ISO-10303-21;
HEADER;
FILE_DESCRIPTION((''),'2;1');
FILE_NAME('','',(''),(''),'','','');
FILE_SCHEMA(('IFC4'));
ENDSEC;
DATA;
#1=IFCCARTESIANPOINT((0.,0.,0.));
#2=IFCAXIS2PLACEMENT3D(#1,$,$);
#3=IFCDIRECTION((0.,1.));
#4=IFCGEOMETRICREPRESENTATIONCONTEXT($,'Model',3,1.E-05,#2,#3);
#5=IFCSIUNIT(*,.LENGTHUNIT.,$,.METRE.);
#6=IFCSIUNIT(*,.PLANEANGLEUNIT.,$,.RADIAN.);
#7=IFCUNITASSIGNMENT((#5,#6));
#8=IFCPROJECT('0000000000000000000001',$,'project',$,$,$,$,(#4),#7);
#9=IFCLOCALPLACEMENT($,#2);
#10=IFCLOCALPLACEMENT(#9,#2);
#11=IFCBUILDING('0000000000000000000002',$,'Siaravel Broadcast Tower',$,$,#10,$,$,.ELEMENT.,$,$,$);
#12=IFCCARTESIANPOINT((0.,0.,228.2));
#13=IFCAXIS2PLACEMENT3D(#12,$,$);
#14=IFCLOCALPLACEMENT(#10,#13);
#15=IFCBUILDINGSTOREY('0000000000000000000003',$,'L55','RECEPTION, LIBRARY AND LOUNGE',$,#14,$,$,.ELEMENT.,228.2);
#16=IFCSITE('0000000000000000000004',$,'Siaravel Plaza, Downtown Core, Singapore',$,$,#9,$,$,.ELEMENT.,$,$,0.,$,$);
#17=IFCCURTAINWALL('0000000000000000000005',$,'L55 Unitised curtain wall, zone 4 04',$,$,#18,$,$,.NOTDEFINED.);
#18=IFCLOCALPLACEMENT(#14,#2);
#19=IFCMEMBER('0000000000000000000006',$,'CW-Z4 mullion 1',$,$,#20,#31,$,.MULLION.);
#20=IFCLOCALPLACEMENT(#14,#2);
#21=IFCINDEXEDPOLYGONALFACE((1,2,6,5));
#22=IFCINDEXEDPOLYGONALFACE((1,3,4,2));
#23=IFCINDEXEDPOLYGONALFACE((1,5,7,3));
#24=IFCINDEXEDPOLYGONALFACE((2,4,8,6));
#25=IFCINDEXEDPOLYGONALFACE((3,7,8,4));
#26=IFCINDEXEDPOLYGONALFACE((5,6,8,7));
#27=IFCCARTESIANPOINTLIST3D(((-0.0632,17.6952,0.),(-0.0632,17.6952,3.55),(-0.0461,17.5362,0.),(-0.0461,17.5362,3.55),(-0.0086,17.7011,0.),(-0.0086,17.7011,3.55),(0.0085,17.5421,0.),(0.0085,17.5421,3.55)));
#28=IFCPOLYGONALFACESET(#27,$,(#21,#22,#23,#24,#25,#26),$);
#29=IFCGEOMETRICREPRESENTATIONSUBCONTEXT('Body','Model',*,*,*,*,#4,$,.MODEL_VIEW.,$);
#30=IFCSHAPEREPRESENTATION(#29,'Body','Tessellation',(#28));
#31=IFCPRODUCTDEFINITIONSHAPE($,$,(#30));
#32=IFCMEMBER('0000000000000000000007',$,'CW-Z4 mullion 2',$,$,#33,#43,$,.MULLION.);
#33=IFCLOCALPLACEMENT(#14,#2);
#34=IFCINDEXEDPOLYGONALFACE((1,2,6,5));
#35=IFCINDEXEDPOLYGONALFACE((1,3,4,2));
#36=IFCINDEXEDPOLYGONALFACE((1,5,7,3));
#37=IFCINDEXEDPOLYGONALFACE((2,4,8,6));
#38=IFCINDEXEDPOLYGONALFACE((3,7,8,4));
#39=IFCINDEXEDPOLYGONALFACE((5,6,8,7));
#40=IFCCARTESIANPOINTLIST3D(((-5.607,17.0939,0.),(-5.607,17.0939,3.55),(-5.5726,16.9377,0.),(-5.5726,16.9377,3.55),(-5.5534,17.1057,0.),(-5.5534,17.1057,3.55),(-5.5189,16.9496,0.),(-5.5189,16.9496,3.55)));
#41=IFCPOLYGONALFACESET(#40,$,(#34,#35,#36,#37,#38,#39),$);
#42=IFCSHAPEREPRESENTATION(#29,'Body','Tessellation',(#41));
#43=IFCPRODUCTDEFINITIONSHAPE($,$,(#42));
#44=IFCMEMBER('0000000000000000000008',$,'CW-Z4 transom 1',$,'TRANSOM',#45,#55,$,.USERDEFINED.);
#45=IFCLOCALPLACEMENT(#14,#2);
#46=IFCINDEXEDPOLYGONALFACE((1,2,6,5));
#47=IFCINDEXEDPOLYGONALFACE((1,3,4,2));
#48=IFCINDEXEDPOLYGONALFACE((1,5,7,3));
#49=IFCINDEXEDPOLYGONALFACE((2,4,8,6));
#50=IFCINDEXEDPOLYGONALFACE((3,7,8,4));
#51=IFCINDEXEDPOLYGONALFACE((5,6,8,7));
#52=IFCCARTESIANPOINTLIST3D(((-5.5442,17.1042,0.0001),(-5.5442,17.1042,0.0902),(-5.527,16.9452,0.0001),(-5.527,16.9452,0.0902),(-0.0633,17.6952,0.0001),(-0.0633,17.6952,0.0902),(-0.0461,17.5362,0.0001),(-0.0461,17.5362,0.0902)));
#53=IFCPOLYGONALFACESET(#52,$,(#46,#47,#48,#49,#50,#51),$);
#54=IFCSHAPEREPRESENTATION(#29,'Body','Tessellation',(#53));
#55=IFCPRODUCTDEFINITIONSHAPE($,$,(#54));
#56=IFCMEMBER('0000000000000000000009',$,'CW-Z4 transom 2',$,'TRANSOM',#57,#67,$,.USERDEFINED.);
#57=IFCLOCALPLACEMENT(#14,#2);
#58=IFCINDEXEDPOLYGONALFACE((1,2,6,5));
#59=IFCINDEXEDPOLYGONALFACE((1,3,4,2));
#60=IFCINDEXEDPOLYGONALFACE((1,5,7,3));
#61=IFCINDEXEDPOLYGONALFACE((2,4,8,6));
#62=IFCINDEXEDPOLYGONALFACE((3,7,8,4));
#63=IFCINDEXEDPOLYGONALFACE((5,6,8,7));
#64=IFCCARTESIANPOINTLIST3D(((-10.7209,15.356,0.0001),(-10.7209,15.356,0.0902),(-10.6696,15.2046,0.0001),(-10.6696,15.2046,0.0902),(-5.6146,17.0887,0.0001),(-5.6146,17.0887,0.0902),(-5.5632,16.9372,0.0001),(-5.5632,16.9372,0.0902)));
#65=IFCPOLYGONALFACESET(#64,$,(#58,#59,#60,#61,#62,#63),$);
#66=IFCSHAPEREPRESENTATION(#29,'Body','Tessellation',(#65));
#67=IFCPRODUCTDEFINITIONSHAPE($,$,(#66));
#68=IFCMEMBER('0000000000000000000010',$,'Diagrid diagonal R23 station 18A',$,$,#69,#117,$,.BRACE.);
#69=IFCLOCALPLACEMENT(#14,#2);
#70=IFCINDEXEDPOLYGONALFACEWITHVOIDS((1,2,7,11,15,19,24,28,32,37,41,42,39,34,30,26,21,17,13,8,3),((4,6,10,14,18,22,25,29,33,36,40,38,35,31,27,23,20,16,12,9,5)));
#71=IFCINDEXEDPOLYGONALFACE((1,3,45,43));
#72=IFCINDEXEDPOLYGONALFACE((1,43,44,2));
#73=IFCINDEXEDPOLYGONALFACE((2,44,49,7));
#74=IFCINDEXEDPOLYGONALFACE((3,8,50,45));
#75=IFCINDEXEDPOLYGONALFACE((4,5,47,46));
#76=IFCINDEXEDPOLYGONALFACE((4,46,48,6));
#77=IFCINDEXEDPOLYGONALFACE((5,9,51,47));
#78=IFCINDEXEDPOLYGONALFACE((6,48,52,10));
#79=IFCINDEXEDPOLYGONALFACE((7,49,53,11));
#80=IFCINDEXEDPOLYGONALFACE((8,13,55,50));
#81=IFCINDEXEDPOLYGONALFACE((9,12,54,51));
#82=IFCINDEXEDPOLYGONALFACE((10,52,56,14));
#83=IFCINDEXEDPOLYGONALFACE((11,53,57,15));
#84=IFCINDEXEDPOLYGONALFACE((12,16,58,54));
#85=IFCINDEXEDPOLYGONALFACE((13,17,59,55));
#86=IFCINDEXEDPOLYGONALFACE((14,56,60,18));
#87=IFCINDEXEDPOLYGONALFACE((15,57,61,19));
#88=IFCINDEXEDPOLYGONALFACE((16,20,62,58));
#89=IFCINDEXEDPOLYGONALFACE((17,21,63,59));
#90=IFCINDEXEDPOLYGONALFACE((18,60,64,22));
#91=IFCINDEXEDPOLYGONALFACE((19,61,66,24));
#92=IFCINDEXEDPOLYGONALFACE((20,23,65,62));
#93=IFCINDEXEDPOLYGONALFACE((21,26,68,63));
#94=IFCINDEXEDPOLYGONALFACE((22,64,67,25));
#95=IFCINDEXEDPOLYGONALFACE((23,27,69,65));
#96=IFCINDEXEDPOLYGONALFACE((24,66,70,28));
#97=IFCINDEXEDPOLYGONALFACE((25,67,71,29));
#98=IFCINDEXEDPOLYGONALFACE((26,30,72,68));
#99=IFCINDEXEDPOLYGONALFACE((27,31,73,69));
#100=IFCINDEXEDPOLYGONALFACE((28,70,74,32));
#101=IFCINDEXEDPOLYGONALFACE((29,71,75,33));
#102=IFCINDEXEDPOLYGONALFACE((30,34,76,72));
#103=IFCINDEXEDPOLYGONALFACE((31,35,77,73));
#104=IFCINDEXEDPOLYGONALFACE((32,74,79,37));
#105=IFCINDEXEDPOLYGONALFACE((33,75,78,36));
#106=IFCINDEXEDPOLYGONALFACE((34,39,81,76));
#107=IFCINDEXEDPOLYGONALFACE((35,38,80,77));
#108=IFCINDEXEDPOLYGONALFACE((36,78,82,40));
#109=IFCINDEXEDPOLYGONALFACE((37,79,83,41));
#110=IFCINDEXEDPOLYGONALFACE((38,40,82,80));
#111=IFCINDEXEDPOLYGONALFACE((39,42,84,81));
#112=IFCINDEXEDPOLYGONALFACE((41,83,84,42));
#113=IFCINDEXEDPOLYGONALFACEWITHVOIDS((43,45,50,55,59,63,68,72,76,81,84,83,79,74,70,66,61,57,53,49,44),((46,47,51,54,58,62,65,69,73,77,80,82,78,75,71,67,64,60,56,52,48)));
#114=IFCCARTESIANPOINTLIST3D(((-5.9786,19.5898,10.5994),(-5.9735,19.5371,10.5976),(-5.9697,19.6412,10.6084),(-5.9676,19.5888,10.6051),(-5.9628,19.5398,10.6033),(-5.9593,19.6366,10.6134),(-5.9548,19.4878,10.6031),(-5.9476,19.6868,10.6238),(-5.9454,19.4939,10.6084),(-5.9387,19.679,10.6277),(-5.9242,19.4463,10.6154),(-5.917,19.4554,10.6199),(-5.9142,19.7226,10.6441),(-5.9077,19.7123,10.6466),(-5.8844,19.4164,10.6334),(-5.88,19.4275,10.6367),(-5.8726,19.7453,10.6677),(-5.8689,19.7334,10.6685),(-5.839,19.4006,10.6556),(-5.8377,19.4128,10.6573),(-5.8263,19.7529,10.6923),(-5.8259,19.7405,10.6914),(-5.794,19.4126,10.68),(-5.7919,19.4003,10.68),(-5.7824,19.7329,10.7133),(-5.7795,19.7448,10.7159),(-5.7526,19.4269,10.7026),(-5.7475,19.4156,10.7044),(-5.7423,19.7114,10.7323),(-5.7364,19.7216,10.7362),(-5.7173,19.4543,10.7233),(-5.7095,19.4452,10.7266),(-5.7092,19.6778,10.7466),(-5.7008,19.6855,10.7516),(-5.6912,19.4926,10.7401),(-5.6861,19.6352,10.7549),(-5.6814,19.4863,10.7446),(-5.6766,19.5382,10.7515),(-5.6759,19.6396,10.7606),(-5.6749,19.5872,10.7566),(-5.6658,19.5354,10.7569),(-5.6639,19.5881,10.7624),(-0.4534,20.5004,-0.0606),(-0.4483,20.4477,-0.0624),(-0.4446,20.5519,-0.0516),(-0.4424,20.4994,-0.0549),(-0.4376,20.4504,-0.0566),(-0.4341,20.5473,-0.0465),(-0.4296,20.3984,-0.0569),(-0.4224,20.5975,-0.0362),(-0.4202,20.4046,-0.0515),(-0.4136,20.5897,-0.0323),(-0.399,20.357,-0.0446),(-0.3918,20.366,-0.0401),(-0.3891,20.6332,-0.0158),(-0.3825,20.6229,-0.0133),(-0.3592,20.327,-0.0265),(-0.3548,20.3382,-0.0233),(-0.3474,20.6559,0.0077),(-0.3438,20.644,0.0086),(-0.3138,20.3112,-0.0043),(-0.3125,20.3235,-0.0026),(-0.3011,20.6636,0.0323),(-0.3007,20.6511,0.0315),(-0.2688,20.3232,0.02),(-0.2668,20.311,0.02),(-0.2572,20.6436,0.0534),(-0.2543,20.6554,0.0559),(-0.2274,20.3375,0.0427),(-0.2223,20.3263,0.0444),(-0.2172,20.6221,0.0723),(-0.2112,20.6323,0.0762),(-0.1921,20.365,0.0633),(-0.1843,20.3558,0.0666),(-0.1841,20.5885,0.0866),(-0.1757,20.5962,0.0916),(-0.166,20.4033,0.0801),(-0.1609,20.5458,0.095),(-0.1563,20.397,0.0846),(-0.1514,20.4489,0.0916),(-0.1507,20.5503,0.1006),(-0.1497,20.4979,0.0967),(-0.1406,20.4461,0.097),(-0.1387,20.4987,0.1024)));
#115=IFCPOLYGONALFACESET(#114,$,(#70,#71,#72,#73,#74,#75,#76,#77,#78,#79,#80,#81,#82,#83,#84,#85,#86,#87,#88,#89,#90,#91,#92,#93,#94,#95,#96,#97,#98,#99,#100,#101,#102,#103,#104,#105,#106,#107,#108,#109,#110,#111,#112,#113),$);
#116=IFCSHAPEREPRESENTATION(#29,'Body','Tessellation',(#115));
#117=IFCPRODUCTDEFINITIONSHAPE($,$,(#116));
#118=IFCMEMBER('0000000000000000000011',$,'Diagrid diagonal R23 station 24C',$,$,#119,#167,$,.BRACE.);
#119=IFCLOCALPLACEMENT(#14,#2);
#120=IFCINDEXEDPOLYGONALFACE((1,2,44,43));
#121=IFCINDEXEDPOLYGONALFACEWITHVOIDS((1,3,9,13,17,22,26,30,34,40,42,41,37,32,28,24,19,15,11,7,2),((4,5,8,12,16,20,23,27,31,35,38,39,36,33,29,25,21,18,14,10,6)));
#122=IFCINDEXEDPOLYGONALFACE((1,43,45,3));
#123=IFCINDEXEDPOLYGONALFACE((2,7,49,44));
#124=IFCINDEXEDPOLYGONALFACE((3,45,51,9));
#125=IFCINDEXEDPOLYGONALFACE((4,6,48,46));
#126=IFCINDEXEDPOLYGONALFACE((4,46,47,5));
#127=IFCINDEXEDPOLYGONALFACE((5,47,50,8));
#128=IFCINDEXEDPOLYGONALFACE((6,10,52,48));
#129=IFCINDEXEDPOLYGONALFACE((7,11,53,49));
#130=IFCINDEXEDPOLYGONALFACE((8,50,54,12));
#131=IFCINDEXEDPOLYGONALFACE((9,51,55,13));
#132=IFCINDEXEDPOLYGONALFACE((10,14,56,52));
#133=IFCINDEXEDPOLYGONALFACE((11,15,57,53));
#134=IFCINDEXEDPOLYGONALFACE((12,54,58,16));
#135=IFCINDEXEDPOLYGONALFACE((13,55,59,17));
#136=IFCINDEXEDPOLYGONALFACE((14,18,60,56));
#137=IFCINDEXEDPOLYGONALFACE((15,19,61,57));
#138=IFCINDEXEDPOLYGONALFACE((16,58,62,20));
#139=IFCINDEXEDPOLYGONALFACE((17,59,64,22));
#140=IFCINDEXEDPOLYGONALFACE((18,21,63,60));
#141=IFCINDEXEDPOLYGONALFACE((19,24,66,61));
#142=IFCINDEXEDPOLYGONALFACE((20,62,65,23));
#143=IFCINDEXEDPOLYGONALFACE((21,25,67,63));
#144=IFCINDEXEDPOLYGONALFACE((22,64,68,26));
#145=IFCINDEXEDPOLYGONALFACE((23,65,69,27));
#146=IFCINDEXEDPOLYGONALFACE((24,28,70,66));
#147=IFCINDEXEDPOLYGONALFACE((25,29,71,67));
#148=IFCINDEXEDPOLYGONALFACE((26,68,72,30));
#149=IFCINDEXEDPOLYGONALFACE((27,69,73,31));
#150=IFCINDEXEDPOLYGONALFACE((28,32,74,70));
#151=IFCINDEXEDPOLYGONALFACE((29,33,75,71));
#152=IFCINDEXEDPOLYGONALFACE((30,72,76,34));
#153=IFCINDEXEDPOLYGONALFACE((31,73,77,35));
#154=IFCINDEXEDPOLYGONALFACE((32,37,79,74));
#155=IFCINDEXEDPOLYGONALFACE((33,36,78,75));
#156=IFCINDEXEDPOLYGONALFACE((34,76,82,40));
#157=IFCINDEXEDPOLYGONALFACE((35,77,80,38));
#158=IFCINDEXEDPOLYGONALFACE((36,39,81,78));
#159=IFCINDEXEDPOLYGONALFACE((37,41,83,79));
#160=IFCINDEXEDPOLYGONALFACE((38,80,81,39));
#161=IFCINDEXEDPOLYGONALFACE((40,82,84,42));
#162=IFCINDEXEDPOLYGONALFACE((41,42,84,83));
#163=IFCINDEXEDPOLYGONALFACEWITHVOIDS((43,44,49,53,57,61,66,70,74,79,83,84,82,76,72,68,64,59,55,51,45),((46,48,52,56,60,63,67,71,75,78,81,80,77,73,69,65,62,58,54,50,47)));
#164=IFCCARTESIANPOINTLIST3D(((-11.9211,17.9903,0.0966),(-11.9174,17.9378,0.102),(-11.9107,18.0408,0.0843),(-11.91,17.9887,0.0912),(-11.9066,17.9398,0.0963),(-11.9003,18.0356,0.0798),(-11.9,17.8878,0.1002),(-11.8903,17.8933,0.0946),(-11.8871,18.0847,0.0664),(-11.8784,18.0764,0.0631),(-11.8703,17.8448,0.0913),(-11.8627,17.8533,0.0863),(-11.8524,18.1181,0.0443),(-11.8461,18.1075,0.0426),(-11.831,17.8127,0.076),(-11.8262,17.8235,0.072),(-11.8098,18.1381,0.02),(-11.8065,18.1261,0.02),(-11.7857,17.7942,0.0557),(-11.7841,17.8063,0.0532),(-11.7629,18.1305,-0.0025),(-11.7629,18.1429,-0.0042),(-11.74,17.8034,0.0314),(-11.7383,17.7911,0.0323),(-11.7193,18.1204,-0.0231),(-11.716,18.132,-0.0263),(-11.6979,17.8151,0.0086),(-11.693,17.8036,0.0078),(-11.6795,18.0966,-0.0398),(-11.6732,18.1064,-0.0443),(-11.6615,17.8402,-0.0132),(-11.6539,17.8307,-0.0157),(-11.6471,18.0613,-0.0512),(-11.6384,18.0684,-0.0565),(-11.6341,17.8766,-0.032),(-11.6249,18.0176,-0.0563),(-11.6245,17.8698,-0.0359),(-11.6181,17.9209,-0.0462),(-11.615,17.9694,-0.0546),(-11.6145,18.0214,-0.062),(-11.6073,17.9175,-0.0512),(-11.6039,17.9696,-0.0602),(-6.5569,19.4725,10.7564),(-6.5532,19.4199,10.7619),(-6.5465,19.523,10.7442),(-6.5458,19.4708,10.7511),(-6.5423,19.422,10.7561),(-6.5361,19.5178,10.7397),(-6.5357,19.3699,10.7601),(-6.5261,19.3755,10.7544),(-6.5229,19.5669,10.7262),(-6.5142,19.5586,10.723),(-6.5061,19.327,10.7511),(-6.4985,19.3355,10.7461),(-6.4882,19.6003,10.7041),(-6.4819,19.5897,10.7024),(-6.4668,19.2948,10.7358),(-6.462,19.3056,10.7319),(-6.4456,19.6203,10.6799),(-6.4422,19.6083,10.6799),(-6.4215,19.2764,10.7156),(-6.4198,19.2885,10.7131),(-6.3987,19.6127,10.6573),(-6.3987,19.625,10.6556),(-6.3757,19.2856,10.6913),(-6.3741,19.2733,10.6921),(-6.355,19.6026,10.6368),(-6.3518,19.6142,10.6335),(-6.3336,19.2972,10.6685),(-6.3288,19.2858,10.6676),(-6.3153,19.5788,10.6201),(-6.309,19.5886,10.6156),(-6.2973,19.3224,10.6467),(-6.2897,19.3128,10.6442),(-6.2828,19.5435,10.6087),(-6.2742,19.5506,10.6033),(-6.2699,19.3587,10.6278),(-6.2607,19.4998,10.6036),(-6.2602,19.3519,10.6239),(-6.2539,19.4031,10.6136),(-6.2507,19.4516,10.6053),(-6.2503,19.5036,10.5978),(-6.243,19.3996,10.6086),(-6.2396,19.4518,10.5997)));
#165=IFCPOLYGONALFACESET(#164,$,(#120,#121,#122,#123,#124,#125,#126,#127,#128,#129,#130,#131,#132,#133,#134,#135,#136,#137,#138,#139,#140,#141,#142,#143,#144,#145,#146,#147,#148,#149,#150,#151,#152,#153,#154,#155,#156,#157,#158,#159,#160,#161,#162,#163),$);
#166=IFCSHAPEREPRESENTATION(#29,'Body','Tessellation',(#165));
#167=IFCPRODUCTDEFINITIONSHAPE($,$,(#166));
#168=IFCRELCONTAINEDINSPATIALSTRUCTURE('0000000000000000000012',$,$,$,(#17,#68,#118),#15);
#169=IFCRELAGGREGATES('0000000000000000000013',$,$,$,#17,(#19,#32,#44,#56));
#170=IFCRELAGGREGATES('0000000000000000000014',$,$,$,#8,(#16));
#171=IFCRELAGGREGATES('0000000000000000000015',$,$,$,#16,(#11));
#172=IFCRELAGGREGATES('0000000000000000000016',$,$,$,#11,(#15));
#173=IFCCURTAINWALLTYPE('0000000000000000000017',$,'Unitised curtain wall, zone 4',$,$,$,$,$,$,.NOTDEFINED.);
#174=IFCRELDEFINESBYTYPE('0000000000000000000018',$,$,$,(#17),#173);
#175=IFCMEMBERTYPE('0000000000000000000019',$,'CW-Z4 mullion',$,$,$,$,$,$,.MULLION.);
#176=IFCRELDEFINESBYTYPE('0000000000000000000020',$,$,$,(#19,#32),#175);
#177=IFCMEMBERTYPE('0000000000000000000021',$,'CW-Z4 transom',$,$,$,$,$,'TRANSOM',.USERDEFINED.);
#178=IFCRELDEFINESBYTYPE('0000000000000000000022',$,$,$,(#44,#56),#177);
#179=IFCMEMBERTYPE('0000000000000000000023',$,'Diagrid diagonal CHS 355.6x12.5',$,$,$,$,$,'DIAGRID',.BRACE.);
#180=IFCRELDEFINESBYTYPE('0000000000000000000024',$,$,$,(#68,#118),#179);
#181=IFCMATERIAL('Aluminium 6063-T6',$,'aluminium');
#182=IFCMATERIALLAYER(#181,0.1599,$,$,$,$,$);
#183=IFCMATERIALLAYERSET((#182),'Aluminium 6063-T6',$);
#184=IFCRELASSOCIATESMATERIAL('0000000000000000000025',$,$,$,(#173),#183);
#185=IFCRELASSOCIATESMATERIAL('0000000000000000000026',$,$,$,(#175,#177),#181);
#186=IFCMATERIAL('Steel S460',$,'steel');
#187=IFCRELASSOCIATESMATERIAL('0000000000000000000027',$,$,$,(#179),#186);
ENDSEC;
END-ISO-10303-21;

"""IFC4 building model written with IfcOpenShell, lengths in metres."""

from ifc_helpers import new_model, si_unit, direction, frame, origin, origin_2d, place, context, subcontext, project, spatial, rectangle, hollow_circle, extrude, material, layer, layer_set, material_profile, profile_set, type_object, element, aggregate, save


model = new_model("IFC4")

# Units and contexts
model_context = context("Model", 3, precision=1e-05, world=origin(), true_north=direction((0.0, 1.0)))
body_context = subcontext(model_context, "Body", "Model", "MODEL_VIEW")
ifc_project = project(units=[si_unit("LENGTHUNIT", "METRE"), si_unit("PLANEANGLEUNIT", "RADIAN")], contexts=[model_context])

# Site, building, storey
site_placement = place(None, origin())
site = spatial("IfcSite", under=ifc_project, at=site_placement, Name="Siaravel Plaza, Downtown Core, Singapore", CompositionType="ELEMENT", RefElevation=0.0)
building_placement = place(site_placement, origin())
building = spatial("IfcBuilding", under=site, at=building_placement, Name="Siaravel Broadcast Tower", CompositionType="ELEMENT")
storey_placement = place(building_placement, frame((0.0, 0.0, 228.2)))
storey = spatial("IfcBuildingStorey", under=building, at=storey_placement, Name="L55", Description="RECEPTION, LIBRARY AND LOUNGE", CompositionType="ELEMENT", Elevation=228.2)

# Curtain wall, members
ifc_material_1 = material(Name="Aluminium 6063-T6", Category="aluminium")
ifc_layer_1 = layer(ifc_material_1, 0.1599)
ifc_layer_set_1 = layer_set([ifc_layer_1], Name="Aluminium 6063-T6")
curtain_wall_type = type_object("IfcCurtainWallType", Name="Unitised curtain wall, zone 4", PredefinedType="NOTDEFINED", material=ifc_layer_set_1)
curtain_wall_placement = place(storey_placement, origin())
curtain_wall = element("IfcCurtainWall", 1, at=curtain_wall_placement, inside=storey, type_object=curtain_wall_type, Name="L55 Unitised curtain wall, zone 4 04", PredefinedType="NOTDEFINED")
ifc_material_profile_1 = material_profile(ifc_material_1, rectangle(XDim=0.1599, YDim=0.0549, at=origin_2d()))
ifc_profile_set_1 = profile_set([ifc_material_profile_1], Name="Aluminium 6063-T6")
member_type_1 = type_object("IfcMemberType", Name="CW-Z4 mullion", PredefinedType="MULLION", material=ifc_profile_set_1)
member_1_placement = place(storey_placement, frame((-0.0273, 17.6187, 0.0), z_axis=(0.0, 0.0, 1.0), x_axis=(0.107218, -0.994236, 0.0)))
member_1 = element("IfcMember", 2, at=member_1_placement, type_object=member_type_1, Name="CW-Z4 mullion 1", PredefinedType="MULLION", context=body_context, shape_type="SweptSolid", body=[
    extrude(rectangle(XDim=0.1599, YDim=0.0549, at=origin_2d()), origin(), (0.0, 0.0, 1.0), 3.55),
])
member_2_placement = place(storey_placement, frame((-5.563, 17.0217, 0.0), z_axis=(0.0, 0.0, 1.0), x_axis=(0.215559, -0.976491, 0.0)))
member_2 = element("IfcMember", 3, at=member_2_placement, type_object=member_type_1, Name="CW-Z4 mullion 2", PredefinedType="MULLION", context=body_context, shape_type="SweptSolid", body=[
    extrude(rectangle(XDim=0.1599, YDim=0.0549, at=origin_2d()), origin(), (0.0, 0.0, 1.0), 3.55),
])
ifc_material_profile_2 = material_profile(ifc_material_1, rectangle(XDim=0.1599, YDim=0.0901, at=origin_2d()))
ifc_profile_set_2 = profile_set([ifc_material_profile_2], Name="Aluminium 6063-T6")
member_type_2 = type_object("IfcMemberType", Name="CW-Z4 transom", ElementType="TRANSOM", PredefinedType="USERDEFINED", material=ifc_profile_set_2)
member_3_placement = place(storey_placement, frame((-0.0547, 17.6157, 0.0452), z_axis=(-0.994236, -0.107218, 0.0), x_axis=(0.107218, -0.994236, 0.0)))
member_3 = element("IfcMember", 4, at=member_3_placement, type_object=member_type_2, Name="CW-Z4 transom 1", ObjectType="TRANSOM", PredefinedType="USERDEFINED", context=body_context, shape_type="SweptSolid", body=[
    extrude(rectangle(XDim=0.1599, YDim=0.0901, at=origin_2d()), origin(), (0.0, 0.0, 1.0), 5.5127),
])
member_4_placement = place(storey_placement, frame((-5.5889, 17.0129, 0.0452), z_axis=(-0.946972, -0.321317, 0.0), x_axis=(0.321317, -0.946972, 0.0)))
member_4 = element("IfcMember", 5, at=member_4_placement, type_object=member_type_2, Name="CW-Z4 transom 2", ObjectType="TRANSOM", PredefinedType="USERDEFINED", context=body_context, shape_type="SweptSolid", body=[
    extrude(rectangle(XDim=0.1599, YDim=0.0901, at=origin_2d()), origin(), (0.0, 0.0, 1.0), 5.3923),
])

# Members
ifc_material_2 = material(Name="Steel S460", Category="steel")
ifc_material_profile_3 = material_profile(ifc_material_2, hollow_circle(Radius=0.1777, WallThickness=0.0125, at=origin_2d()))
ifc_profile_set_3 = profile_set([ifc_material_profile_3], Name="Steel S460")
member_type_3 = type_object("IfcMemberType", Name="Diagrid diagonal CHS 355.6x12.5", ElementType="DIAGRID", PredefinedType="BRACE", material=ifc_profile_set_3)
member_5_placement = place(storey_placement, frame((-0.2957, 20.4863, 0.02), z_axis=(-0.458854, -0.075627, 0.885287), x_axis=(0.162624, -0.986688, 0.0)))
element("IfcMember", 6, at=member_5_placement, inside=storey, type_object=member_type_3, Name="Diagrid diagonal R23 station 18A", PredefinedType="BRACE", context=body_context, shape_type="SweptSolid", body=[
    extrude(hollow_circle(Radius=0.1777, WallThickness=0.0125, at=origin_2d()), origin(), (0.0, 0.0, 1.0), 12.0413),
])
member_6_placement = place(storey_placement, frame((-11.7625, 17.9668, 0.02), z_axis=(0.446084, 0.123256, 0.886463), x_axis=(-0.266327, 0.963883, 0.0)))
element("IfcMember", 7, at=member_6_placement, inside=storey, type_object=member_type_3, Name="Diagrid diagonal R23 station 24C", PredefinedType="BRACE", context=body_context, shape_type="SweptSolid", body=[
    extrude(hollow_circle(Radius=0.1777, WallThickness=0.0125, at=origin_2d()), origin(), (0.0, 0.0, 1.0), 12.0251),
])

aggregate(curtain_wall, [member_1, member_2, member_3, member_4])

save(model, "model.ifc")
